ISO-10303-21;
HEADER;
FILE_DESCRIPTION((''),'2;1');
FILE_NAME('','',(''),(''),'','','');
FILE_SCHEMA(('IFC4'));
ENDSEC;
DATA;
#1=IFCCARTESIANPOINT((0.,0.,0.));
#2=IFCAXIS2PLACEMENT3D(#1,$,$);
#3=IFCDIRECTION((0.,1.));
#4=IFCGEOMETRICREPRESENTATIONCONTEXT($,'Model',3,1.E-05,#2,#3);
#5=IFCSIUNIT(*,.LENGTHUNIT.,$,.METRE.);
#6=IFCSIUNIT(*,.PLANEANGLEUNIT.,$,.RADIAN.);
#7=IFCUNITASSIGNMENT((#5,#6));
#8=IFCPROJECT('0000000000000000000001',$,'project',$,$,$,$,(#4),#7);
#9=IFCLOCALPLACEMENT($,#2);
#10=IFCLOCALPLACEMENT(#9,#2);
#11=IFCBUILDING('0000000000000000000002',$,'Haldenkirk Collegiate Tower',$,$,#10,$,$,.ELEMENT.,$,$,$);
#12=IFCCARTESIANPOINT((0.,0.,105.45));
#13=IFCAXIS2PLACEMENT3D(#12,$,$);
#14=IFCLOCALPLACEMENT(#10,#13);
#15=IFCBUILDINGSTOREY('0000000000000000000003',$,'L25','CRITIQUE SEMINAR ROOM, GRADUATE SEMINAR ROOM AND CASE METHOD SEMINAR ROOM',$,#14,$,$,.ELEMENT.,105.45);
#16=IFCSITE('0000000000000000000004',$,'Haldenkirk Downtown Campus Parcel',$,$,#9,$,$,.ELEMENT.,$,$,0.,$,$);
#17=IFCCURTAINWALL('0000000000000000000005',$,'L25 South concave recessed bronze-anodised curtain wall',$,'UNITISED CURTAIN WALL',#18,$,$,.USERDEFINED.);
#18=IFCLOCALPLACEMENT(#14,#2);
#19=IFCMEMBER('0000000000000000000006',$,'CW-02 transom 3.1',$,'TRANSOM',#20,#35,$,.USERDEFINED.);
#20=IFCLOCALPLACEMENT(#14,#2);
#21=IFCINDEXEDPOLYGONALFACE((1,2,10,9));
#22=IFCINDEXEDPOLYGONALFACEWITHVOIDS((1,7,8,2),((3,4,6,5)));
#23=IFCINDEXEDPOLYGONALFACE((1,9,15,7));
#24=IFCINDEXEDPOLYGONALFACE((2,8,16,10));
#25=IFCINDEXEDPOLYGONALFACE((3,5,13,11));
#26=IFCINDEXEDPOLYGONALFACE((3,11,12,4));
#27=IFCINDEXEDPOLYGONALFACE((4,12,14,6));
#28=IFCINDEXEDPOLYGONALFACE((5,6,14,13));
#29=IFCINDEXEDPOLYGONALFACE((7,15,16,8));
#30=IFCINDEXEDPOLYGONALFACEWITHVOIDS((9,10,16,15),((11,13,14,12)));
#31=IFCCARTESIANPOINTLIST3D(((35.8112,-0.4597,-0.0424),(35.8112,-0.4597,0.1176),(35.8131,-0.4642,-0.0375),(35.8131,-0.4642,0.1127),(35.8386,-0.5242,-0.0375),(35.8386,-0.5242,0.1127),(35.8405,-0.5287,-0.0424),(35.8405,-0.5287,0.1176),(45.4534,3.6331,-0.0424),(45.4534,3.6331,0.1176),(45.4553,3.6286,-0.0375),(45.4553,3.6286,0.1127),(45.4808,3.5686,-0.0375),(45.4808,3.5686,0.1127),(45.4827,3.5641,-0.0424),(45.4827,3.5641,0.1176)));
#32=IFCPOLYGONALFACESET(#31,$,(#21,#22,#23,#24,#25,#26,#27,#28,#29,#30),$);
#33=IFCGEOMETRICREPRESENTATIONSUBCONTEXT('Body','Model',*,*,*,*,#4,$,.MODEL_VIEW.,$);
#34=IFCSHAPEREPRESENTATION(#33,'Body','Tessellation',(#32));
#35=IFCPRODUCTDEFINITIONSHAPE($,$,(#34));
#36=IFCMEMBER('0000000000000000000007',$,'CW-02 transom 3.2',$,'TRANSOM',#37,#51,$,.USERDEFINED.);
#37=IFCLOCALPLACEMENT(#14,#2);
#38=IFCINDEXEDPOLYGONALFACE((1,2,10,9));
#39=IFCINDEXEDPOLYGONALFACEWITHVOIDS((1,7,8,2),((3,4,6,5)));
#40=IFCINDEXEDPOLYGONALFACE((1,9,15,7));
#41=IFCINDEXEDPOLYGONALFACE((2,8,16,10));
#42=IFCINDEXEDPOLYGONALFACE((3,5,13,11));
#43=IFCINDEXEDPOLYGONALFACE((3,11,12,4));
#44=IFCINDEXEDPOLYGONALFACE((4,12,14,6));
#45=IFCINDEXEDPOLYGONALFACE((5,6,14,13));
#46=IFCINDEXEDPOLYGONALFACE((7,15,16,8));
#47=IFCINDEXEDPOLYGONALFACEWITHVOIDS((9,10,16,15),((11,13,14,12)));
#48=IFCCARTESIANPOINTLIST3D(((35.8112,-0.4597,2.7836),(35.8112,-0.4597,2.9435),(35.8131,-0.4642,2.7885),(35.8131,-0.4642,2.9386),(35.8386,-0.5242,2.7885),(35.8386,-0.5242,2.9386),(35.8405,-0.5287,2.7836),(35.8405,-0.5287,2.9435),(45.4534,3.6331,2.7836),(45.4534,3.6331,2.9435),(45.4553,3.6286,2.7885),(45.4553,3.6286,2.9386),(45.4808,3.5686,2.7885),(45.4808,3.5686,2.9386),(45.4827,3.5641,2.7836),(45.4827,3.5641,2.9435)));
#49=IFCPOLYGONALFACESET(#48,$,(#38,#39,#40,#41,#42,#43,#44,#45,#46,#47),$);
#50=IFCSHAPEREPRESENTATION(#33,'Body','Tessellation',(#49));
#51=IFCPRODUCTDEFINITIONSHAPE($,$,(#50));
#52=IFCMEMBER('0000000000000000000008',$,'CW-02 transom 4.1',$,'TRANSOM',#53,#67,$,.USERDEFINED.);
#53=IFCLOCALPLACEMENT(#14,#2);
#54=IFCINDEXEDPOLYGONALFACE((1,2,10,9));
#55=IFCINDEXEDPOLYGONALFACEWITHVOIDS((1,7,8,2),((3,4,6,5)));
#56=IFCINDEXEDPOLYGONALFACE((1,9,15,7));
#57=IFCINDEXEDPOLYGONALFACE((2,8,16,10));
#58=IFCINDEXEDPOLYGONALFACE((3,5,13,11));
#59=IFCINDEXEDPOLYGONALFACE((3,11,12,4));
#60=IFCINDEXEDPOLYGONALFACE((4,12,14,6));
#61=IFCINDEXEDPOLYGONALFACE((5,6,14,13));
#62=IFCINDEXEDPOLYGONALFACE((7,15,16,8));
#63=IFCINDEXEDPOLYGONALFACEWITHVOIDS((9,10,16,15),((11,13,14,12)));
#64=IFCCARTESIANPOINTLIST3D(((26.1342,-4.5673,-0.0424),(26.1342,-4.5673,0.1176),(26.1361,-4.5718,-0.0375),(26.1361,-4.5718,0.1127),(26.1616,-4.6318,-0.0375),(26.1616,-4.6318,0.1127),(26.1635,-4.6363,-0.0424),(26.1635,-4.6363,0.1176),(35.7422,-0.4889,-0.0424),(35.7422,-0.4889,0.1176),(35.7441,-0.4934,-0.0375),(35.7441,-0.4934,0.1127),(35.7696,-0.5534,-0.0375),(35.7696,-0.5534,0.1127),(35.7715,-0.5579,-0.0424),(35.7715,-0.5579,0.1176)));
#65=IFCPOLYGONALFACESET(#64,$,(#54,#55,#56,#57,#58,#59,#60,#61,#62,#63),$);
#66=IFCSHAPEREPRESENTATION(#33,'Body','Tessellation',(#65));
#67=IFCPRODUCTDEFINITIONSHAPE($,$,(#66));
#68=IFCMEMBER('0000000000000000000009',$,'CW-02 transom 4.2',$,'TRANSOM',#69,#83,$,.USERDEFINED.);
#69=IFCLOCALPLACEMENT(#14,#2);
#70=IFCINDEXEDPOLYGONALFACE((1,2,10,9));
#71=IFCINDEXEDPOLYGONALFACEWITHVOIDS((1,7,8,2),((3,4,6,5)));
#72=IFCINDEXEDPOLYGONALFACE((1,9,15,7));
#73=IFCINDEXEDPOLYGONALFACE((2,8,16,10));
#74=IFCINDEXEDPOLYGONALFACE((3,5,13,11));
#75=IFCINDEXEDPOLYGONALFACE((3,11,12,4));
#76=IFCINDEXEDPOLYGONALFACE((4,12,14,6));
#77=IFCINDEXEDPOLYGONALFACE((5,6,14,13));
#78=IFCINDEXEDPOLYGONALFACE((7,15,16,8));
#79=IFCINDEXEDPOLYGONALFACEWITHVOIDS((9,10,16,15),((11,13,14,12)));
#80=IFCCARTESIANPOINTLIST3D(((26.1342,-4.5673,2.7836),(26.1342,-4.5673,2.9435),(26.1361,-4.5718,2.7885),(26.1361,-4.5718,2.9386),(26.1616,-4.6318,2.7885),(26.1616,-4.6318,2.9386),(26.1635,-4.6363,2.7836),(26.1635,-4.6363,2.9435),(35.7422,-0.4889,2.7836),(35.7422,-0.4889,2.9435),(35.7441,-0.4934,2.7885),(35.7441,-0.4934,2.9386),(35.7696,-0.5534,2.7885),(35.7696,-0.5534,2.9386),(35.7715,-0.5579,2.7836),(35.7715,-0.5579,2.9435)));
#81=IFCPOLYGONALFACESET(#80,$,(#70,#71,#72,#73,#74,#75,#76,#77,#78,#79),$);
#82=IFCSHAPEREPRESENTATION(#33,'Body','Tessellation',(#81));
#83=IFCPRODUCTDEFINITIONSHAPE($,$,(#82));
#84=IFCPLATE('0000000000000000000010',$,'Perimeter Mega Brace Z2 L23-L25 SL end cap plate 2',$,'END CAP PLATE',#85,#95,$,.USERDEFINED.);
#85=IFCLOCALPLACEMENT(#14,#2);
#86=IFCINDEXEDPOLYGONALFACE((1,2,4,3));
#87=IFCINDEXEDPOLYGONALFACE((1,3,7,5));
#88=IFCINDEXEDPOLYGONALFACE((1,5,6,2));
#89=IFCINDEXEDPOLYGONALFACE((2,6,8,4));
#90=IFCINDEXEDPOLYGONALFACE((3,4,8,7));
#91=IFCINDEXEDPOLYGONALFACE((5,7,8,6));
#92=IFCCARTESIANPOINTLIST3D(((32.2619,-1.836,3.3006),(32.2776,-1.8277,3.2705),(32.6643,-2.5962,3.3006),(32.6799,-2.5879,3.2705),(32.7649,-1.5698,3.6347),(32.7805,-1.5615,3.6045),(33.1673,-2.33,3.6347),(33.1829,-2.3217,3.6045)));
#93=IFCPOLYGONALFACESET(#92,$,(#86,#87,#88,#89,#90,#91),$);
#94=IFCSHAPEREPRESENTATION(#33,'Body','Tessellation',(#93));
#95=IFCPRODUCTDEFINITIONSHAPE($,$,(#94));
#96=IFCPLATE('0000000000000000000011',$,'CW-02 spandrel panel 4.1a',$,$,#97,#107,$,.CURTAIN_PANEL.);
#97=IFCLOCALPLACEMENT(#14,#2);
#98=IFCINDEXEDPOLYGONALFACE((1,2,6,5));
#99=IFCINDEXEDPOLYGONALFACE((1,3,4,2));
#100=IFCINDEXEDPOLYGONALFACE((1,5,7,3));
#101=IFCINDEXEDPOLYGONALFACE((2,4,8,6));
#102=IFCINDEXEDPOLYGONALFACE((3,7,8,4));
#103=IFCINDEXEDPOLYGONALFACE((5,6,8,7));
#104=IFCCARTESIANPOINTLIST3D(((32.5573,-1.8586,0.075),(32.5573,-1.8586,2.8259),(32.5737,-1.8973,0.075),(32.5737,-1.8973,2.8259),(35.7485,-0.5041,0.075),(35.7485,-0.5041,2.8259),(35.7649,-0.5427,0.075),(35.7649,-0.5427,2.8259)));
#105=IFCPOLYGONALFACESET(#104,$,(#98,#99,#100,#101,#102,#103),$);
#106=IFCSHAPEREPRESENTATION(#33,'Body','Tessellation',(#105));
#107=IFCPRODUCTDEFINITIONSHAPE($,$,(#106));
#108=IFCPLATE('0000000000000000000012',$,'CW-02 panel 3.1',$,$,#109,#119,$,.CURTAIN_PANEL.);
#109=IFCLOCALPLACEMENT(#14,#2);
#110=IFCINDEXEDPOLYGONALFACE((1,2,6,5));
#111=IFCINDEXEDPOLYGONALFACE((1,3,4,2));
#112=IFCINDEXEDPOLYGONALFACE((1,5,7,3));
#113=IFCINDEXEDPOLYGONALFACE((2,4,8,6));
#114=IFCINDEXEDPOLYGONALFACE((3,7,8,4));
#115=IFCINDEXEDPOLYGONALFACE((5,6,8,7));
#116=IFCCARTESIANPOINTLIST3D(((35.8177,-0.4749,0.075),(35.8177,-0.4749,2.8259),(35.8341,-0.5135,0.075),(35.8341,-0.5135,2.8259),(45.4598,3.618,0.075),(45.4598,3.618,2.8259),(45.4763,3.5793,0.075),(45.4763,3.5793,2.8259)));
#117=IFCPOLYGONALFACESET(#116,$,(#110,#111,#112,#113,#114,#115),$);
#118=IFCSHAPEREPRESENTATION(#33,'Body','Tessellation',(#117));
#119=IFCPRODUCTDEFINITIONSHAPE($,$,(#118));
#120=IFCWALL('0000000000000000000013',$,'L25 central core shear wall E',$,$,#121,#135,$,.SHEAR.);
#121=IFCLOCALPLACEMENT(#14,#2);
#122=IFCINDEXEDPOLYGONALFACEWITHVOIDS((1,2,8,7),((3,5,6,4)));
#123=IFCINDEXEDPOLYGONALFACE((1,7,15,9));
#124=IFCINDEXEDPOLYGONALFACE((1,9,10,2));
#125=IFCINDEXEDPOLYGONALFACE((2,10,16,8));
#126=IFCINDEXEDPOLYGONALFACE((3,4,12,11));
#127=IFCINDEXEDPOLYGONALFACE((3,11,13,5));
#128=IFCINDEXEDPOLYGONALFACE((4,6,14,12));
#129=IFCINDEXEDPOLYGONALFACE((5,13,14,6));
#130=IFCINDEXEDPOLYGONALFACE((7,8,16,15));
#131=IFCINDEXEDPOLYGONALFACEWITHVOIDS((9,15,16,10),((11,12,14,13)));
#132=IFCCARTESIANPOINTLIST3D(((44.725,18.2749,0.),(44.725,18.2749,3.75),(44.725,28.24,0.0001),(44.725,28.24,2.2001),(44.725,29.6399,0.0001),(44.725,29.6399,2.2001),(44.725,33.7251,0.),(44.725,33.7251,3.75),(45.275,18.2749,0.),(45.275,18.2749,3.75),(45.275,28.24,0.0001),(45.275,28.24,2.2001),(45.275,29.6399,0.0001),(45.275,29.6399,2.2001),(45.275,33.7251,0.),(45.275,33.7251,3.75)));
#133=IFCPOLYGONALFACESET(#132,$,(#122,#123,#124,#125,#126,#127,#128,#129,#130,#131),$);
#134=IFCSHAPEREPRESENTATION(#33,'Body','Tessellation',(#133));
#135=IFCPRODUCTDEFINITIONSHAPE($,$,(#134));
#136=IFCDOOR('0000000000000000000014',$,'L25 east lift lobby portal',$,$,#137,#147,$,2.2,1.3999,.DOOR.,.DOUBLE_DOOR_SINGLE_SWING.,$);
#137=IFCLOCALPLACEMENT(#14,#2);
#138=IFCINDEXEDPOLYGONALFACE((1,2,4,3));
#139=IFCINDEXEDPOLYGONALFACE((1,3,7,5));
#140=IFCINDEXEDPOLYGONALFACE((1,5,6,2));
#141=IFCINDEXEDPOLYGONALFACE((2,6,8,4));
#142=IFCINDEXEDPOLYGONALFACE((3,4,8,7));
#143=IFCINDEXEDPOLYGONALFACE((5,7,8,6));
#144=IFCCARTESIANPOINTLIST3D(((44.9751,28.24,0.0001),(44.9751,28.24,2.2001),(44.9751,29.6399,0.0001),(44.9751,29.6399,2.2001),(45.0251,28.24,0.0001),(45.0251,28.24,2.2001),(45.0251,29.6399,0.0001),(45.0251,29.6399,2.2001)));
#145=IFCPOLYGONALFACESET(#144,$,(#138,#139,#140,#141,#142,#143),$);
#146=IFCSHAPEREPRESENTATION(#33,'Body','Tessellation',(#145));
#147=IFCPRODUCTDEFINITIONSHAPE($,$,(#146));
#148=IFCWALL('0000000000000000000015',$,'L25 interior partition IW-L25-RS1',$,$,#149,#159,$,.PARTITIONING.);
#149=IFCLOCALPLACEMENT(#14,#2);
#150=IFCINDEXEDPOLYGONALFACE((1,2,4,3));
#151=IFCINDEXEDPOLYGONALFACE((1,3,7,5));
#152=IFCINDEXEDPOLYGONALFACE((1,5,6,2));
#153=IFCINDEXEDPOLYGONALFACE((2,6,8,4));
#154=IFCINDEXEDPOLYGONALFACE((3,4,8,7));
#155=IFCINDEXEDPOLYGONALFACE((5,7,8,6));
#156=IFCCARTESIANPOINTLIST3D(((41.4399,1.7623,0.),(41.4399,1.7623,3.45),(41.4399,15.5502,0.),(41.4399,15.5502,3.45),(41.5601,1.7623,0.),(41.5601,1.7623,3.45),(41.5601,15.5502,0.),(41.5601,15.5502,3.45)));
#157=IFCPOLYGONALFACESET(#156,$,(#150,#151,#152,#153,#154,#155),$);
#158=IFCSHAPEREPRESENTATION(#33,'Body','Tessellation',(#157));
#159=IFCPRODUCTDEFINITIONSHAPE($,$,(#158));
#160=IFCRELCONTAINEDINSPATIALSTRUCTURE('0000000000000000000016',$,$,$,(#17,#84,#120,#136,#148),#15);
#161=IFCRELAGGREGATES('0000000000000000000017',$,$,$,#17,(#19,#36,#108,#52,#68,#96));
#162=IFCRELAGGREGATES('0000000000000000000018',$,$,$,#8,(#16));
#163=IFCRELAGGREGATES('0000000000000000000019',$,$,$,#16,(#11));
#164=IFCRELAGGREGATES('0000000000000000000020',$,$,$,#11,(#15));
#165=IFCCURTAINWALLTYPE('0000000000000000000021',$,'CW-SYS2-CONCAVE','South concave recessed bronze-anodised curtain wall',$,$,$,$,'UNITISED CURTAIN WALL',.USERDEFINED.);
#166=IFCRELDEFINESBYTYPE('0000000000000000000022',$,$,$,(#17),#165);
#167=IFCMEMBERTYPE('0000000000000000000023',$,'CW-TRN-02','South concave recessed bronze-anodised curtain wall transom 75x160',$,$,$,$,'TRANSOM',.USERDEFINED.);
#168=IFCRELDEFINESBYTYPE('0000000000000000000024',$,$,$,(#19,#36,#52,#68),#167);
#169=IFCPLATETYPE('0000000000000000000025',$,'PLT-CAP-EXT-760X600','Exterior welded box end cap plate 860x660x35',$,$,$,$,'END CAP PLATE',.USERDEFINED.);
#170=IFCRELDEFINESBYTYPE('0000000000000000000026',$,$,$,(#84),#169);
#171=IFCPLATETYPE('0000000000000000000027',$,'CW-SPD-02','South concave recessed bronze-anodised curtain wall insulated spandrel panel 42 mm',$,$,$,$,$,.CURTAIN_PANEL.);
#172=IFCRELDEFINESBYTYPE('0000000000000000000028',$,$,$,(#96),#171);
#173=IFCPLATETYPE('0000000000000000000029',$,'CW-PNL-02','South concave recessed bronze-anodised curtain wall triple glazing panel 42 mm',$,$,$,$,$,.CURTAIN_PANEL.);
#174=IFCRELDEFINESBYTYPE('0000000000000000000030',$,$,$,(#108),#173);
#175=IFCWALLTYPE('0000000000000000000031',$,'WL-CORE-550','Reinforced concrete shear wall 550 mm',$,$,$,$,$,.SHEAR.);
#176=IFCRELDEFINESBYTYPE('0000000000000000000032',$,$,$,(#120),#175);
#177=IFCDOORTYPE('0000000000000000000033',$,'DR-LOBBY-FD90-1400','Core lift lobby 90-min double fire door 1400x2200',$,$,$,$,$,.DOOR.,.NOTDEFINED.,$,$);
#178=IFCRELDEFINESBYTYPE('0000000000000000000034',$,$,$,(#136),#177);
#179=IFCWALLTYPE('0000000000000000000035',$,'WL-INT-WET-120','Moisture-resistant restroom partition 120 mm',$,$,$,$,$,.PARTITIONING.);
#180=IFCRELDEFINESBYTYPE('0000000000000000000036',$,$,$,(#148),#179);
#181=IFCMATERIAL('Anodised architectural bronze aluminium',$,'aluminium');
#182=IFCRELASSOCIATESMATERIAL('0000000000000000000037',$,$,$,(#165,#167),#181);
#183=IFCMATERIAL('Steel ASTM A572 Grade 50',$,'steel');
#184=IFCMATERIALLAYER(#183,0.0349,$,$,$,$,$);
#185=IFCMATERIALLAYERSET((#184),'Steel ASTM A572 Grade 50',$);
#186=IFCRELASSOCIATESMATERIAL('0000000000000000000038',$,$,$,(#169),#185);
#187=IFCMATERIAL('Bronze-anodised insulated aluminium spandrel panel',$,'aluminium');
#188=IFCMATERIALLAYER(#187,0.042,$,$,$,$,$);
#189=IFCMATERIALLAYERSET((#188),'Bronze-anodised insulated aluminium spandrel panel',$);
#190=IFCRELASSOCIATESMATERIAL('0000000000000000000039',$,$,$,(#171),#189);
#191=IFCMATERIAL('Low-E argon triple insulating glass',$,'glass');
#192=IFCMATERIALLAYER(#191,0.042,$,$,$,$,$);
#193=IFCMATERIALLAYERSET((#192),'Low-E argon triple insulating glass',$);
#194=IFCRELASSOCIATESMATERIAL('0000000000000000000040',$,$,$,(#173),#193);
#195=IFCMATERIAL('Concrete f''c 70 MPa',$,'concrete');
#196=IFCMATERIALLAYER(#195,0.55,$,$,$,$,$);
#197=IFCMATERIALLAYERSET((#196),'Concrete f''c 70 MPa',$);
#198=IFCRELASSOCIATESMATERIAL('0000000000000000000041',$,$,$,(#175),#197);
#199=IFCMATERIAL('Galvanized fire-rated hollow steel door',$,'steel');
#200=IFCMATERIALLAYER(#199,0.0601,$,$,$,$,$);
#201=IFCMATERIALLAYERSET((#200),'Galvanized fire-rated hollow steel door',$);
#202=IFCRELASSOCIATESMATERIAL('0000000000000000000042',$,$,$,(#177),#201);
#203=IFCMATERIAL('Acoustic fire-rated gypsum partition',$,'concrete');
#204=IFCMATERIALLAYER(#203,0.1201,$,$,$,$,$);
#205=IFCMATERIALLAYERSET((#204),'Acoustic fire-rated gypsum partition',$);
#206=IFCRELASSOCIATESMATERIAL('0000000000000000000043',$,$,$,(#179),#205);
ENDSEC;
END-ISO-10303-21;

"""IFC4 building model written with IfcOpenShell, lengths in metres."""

from ifc_helpers import new_model, si_unit, direction, frame, frame_2d, origin, origin_2d, place, context, subcontext, project, spatial, rectangle, hollow_rectangle, extrude, source, transform, mapped, material, layer, layer_set, material_profile, profile_set, type_object, element, fill, aggregate, save


model = new_model("IFC4")

# Units and contexts
model_context = context("Model", 3, precision=1e-05, world=origin(), true_north=direction((0.0, 1.0)))
body_context = subcontext(model_context, "Body", "Model", "MODEL_VIEW")
ifc_project = project(units=[si_unit("LENGTHUNIT", "METRE"), si_unit("PLANEANGLEUNIT", "RADIAN")], contexts=[model_context])

# Site, building, storey
site_placement = place(None, origin())
site = spatial("IfcSite", under=ifc_project, at=site_placement, Name="Haldenkirk Downtown Campus Parcel", CompositionType="ELEMENT", RefElevation=0.0)
building_placement = place(site_placement, origin())
building = spatial("IfcBuilding", under=site, at=building_placement, Name="Haldenkirk Collegiate Tower", CompositionType="ELEMENT")
storey_placement = place(building_placement, frame((0.0, 0.0, 105.45)))
storey = spatial("IfcBuildingStorey", under=building, at=storey_placement, Name="L25", Description="CRITIQUE SEMINAR ROOM, GRADUATE SEMINAR ROOM AND CASE METHOD SEMINAR ROOM", CompositionType="ELEMENT", Elevation=105.45)

# Curtain wall, members
ifc_material_1 = material(Name="Anodised architectural bronze aluminium", Category="aluminium")
curtain_wall_type = type_object("IfcCurtainWallType", Name="CW-SYS2-CONCAVE", Description="South concave recessed bronze-anodised curtain wall", ElementType="UNITISED CURTAIN WALL", PredefinedType="USERDEFINED", material=ifc_material_1)
curtain_wall_placement = place(storey_placement, origin())
curtain_wall = element("IfcCurtainWall", 1, at=curtain_wall_placement, inside=storey, type_object=curtain_wall_type, Name="L25 South concave recessed bronze-anodised curtain wall", ObjectType="UNITISED CURTAIN WALL", PredefinedType="USERDEFINED")
ifc_material_profile_1 = material_profile(ifc_material_1, hollow_rectangle(XDim=0.075, YDim=0.1599, WallThickness=0.0049, at=origin_2d()), Name="CW-TRN-02")
ifc_profile_set_1 = profile_set([ifc_material_profile_1], Name="Anodised architectural bronze aluminium")
member_type_1 = type_object("IfcMemberType", Name="CW-TRN-02", Description="South concave recessed bronze-anodised curtain wall transom 75x160", ElementType="TRANSOM", PredefinedType="USERDEFINED", material=ifc_profile_set_1)
member_1_placement = place(storey_placement, frame((45.468, 3.5986, 0.0376), z_axis=(-0.920507, -0.390727, 0.0), x_axis=(0.390727, -0.920507, 0.0)))
member_1 = element("IfcMember", 2, at=member_1_placement, type_object=member_type_1, Name="CW-02 transom 3.1", ObjectType="TRANSOM", PredefinedType="USERDEFINED", context=body_context, shape_type="SweptSolid", body=[
    extrude(hollow_rectangle(XDim=0.075, YDim=0.1599, WallThickness=0.0049, at=origin_2d()), origin(), (0.0, 0.0, 1.0), 10.4749),
])
member_2_placement = place(storey_placement, frame((45.468, 3.5986, 2.8635), z_axis=(-0.920507, -0.390727, 0.0), x_axis=(0.390727, -0.920507, 0.0)))
member_2 = element("IfcMember", 3, at=member_2_placement, type_object=member_type_1, Name="CW-02 transom 3.2", ObjectType="TRANSOM", PredefinedType="USERDEFINED", context=body_context, shape_type="SweptSolid", body=[
    extrude(hollow_rectangle(XDim=0.075, YDim=0.1599, WallThickness=0.0049, at=origin_2d()), origin(), (0.0, 0.0, 1.0), 10.4749),
])
member_3_placement = place(storey_placement, frame((35.7568, -0.5234, 0.0376), z_axis=(-0.920503, -0.390735, 0.0), x_axis=(0.390735, -0.920503, 0.0)))
member_3 = element("IfcMember", 4, at=member_3_placement, type_object=member_type_1, Name="CW-02 transom 4.1", ObjectType="TRANSOM", PredefinedType="USERDEFINED", context=body_context, shape_type="SweptSolid", body=[
    extrude(hollow_rectangle(XDim=0.075, YDim=0.1599, WallThickness=0.0049, at=origin_2d()), origin(), (0.0, 0.0, 1.0), 10.4377),
])
member_4_placement = place(storey_placement, frame((35.7568, -0.5234, 2.8635), z_axis=(-0.920503, -0.390735, 0.0), x_axis=(0.390735, -0.920503, 0.0)))
member_4 = element("IfcMember", 5, at=member_4_placement, type_object=member_type_1, Name="CW-02 transom 4.2", ObjectType="TRANSOM", PredefinedType="USERDEFINED", context=body_context, shape_type="SweptSolid", body=[
    extrude(hollow_rectangle(XDim=0.075, YDim=0.1599, WallThickness=0.0049, at=origin_2d()), origin(), (0.0, 0.0, 1.0), 10.4377),
])

# Plates
ifc_material_2 = material(Name="Steel ASTM A572 Grade 50", Category="steel")
ifc_layer_1 = layer(ifc_material_2, 0.0349)
ifc_layer_set_1 = layer_set([ifc_layer_1], Name="Steel ASTM A572 Grade 50")
plate_type_1 = type_object("IfcPlateType", Name="PLT-CAP-EXT-760X600", Description="Exterior welded box end cap plate 860x660x35", ElementType="END CAP PLATE", PredefinedType="USERDEFINED", material=ifc_layer_set_1)
shared_shape_1 = source(origin(), body_context, "Body", "SweptSolid", [
    extrude(rectangle(XDim=0.8601, YDim=0.6599, at=origin_2d()), origin(), (0.0, 0.0, 1.0), 0.0349),
])
plate_1_placement = place(storey_placement, frame((32.7302, -2.0747, 3.4375), z_axis=(-0.447461, -0.236835, 0.862374), x_axis=(0.467801, -0.883834, 0.0)))
element("IfcPlate", 6, at=plate_1_placement, inside=storey, type_object=plate_type_1, Name="Perimeter Mega Brace Z2 L23-L25 SL end cap plate 2", ObjectType="END CAP PLATE", PredefinedType="USERDEFINED", context=body_context, shape_type="MappedRepresentation", body=[
    mapped(shared_shape_1, transform((0.0, 0.0, 0.0), x_axis=(1.0, 0.0, 0.0), y_axis=(0.0, 1.0, 0.0), z_axis=(0.0, 0.0, 1.0), scale=1.0)),
])
ifc_material_3 = material(Name="Bronze-anodised insulated aluminium spandrel panel", Category="aluminium")
ifc_layer_2 = layer(ifc_material_3, 0.042)
ifc_layer_set_2 = layer_set([ifc_layer_2], Name="Bronze-anodised insulated aluminium spandrel panel")
plate_type_2 = type_object("IfcPlateType", Name="CW-SPD-02", Description="South concave recessed bronze-anodised curtain wall insulated spandrel panel 42 mm", PredefinedType="CURTAIN_PANEL", material=ifc_layer_set_2)
shared_shape_2 = source(origin(), body_context, "Body", "SweptSolid", [
    extrude(rectangle(XDim=3.4668, YDim=0.042, at=origin_2d()), origin(), (0.0, 0.0, 1.0), 2.751),
])
plate_2_placement = place(storey_placement, frame((34.1611, -1.2007, 0.075), z_axis=(0.0, 0.0, 1.0), x_axis=(-0.920505, -0.390731, 0.0)))
plate_2 = element("IfcPlate", 7, at=plate_2_placement, type_object=plate_type_2, Name="CW-02 spandrel panel 4.1a", PredefinedType="CURTAIN_PANEL", context=body_context, shape_type="MappedRepresentation", body=[
    mapped(shared_shape_2, transform((0.0, 0.0, 0.0), x_axis=(1.0, 0.0, 0.0), y_axis=(0.0, 1.0, 0.0), z_axis=(0.0, 0.0, 1.0), scale=1.0)),
])
ifc_material_4 = material(Name="Low-E argon triple insulating glass", Category="glass")
ifc_layer_3 = layer(ifc_material_4, 0.042)
ifc_layer_set_3 = layer_set([ifc_layer_3], Name="Low-E argon triple insulating glass")
plate_type_3 = type_object("IfcPlateType", Name="CW-PNL-02", Description="South concave recessed bronze-anodised curtain wall triple glazing panel 42 mm", PredefinedType="CURTAIN_PANEL", material=ifc_layer_set_3)
shared_shape_3 = source(origin(), body_context, "Body", "SweptSolid", [
    extrude(rectangle(XDim=10.4749, YDim=0.042, at=origin_2d()), origin(), (0.0, 0.0, 1.0), 2.751),
])
plate_3_placement = place(storey_placement, frame((40.647, 1.5522, 0.075), z_axis=(0.0, 0.0, 1.0), x_axis=(-0.920505, -0.390731, 0.0)))
plate_3 = element("IfcPlate", 8, at=plate_3_placement, type_object=plate_type_3, Name="CW-02 panel 3.1", PredefinedType="CURTAIN_PANEL", context=body_context, shape_type="MappedRepresentation", body=[
    mapped(shared_shape_3, transform((0.0, 0.0, 0.0), x_axis=(1.0, 0.0, 0.0), y_axis=(0.0, 1.0, 0.0), z_axis=(0.0, 0.0, 1.0), scale=1.0)),
])
aggregate(curtain_wall, [member_1, member_2, plate_3, member_3, member_4, plate_2])

# Wall, opening, door
ifc_material_5 = material(Name="Concrete f'c 70 MPa", Category="concrete")
ifc_layer_4 = layer(ifc_material_5, 0.55)
ifc_layer_set_4 = layer_set([ifc_layer_4], Name="Concrete f'c 70 MPa")
wall_type_1 = type_object("IfcWallType", Name="WL-CORE-550", Description="Reinforced concrete shear wall 550 mm", PredefinedType="SHEAR", material=ifc_layer_set_4)
wall_1_placement = place(storey_placement, frame((45.0, 18.2749, 0.0), z_axis=(0.0, 0.0, 1.0), x_axis=(0.0, 1.0, 0.0)))
wall_1 = element("IfcWall", 9, at=wall_1_placement, inside=storey, type_object=wall_type_1, Name="L25 central core shear wall E", PredefinedType="SHEAR", context=body_context, shape_type="SweptSolid", body=[
    extrude(rectangle(XDim=15.4502, YDim=0.55, at=frame_2d((7.7251, 0.0))), origin(), (0.0, 0.0, 1.0), 3.75),
])
opening_placement = place(wall_1_placement, frame((9.9651, 0.0, 0.0)))
opening = element("IfcOpeningElement", 10, at=opening_placement, cuts=wall_1, PredefinedType="OPENING", context=body_context, shape_type="SweptSolid", body=[
    extrude(rectangle(XDim=1.3999, YDim=2.2, at=frame_2d((0.7, 1.1001))), frame((0.0, 0.2849, 0.0), z_axis=(0.0, -1.0, 0.0), x_axis=(1.0, 0.0, 0.0)), (0.0, 0.0, 1.0), 0.5701),
])
ifc_material_6 = material(Name="Galvanized fire-rated hollow steel door", Category="steel")
ifc_layer_5 = layer(ifc_material_6, 0.0601)
ifc_layer_set_5 = layer_set([ifc_layer_5], Name="Galvanized fire-rated hollow steel door")
door_type = type_object("IfcDoorType", Name="DR-LOBBY-FD90-1400", Description="Core lift lobby 90-min double fire door 1400x2200", OperationType="NOTDEFINED", PredefinedType="DOOR", material=ifc_layer_set_5)
door_placement = place(opening_placement, origin())
door = element("IfcDoor", 11, at=door_placement, inside=storey, type_object=door_type, Name="L25 east lift lobby portal", OperationType="DOUBLE_DOOR_SINGLE_SWING", OverallHeight=2.2, OverallWidth=1.3999, PredefinedType="DOOR", context=body_context, shape_type="SweptSolid", body=[
    extrude(rectangle(XDim=1.3999, YDim=2.2, at=frame_2d((0.7, 1.1001))), frame((0.0, 0.0249, 0.0), z_axis=(0.0, -1.0, 0.0), x_axis=(1.0, 0.0, 0.0)), (0.0, 0.0, 1.0), 0.05),
])
fill(opening, door)

# Wall
ifc_material_7 = material(Name="Acoustic fire-rated gypsum partition", Category="concrete")
ifc_layer_6 = layer(ifc_material_7, 0.1201)
ifc_layer_set_6 = layer_set([ifc_layer_6], Name="Acoustic fire-rated gypsum partition")
wall_type_2 = type_object("IfcWallType", Name="WL-INT-WET-120", Description="Moisture-resistant restroom partition 120 mm", PredefinedType="PARTITIONING", material=ifc_layer_set_6)
wall_2_placement = place(storey_placement, frame((41.5, 1.7622, 0.0), z_axis=(0.0, 0.0, 1.0), x_axis=(0.0, 1.0, 0.0)))
element("IfcWall", 12, at=wall_2_placement, inside=storey, type_object=wall_type_2, Name="L25 interior partition IW-L25-RS1", PredefinedType="PARTITIONING", context=body_context, shape_type="SweptSolid", body=[
    extrude(rectangle(XDim=13.7878, YDim=0.1201, at=frame_2d((6.894, 0.0))), origin(), (0.0, 0.0, 1.0), 3.45),
])

save(model, "model.ifc")
